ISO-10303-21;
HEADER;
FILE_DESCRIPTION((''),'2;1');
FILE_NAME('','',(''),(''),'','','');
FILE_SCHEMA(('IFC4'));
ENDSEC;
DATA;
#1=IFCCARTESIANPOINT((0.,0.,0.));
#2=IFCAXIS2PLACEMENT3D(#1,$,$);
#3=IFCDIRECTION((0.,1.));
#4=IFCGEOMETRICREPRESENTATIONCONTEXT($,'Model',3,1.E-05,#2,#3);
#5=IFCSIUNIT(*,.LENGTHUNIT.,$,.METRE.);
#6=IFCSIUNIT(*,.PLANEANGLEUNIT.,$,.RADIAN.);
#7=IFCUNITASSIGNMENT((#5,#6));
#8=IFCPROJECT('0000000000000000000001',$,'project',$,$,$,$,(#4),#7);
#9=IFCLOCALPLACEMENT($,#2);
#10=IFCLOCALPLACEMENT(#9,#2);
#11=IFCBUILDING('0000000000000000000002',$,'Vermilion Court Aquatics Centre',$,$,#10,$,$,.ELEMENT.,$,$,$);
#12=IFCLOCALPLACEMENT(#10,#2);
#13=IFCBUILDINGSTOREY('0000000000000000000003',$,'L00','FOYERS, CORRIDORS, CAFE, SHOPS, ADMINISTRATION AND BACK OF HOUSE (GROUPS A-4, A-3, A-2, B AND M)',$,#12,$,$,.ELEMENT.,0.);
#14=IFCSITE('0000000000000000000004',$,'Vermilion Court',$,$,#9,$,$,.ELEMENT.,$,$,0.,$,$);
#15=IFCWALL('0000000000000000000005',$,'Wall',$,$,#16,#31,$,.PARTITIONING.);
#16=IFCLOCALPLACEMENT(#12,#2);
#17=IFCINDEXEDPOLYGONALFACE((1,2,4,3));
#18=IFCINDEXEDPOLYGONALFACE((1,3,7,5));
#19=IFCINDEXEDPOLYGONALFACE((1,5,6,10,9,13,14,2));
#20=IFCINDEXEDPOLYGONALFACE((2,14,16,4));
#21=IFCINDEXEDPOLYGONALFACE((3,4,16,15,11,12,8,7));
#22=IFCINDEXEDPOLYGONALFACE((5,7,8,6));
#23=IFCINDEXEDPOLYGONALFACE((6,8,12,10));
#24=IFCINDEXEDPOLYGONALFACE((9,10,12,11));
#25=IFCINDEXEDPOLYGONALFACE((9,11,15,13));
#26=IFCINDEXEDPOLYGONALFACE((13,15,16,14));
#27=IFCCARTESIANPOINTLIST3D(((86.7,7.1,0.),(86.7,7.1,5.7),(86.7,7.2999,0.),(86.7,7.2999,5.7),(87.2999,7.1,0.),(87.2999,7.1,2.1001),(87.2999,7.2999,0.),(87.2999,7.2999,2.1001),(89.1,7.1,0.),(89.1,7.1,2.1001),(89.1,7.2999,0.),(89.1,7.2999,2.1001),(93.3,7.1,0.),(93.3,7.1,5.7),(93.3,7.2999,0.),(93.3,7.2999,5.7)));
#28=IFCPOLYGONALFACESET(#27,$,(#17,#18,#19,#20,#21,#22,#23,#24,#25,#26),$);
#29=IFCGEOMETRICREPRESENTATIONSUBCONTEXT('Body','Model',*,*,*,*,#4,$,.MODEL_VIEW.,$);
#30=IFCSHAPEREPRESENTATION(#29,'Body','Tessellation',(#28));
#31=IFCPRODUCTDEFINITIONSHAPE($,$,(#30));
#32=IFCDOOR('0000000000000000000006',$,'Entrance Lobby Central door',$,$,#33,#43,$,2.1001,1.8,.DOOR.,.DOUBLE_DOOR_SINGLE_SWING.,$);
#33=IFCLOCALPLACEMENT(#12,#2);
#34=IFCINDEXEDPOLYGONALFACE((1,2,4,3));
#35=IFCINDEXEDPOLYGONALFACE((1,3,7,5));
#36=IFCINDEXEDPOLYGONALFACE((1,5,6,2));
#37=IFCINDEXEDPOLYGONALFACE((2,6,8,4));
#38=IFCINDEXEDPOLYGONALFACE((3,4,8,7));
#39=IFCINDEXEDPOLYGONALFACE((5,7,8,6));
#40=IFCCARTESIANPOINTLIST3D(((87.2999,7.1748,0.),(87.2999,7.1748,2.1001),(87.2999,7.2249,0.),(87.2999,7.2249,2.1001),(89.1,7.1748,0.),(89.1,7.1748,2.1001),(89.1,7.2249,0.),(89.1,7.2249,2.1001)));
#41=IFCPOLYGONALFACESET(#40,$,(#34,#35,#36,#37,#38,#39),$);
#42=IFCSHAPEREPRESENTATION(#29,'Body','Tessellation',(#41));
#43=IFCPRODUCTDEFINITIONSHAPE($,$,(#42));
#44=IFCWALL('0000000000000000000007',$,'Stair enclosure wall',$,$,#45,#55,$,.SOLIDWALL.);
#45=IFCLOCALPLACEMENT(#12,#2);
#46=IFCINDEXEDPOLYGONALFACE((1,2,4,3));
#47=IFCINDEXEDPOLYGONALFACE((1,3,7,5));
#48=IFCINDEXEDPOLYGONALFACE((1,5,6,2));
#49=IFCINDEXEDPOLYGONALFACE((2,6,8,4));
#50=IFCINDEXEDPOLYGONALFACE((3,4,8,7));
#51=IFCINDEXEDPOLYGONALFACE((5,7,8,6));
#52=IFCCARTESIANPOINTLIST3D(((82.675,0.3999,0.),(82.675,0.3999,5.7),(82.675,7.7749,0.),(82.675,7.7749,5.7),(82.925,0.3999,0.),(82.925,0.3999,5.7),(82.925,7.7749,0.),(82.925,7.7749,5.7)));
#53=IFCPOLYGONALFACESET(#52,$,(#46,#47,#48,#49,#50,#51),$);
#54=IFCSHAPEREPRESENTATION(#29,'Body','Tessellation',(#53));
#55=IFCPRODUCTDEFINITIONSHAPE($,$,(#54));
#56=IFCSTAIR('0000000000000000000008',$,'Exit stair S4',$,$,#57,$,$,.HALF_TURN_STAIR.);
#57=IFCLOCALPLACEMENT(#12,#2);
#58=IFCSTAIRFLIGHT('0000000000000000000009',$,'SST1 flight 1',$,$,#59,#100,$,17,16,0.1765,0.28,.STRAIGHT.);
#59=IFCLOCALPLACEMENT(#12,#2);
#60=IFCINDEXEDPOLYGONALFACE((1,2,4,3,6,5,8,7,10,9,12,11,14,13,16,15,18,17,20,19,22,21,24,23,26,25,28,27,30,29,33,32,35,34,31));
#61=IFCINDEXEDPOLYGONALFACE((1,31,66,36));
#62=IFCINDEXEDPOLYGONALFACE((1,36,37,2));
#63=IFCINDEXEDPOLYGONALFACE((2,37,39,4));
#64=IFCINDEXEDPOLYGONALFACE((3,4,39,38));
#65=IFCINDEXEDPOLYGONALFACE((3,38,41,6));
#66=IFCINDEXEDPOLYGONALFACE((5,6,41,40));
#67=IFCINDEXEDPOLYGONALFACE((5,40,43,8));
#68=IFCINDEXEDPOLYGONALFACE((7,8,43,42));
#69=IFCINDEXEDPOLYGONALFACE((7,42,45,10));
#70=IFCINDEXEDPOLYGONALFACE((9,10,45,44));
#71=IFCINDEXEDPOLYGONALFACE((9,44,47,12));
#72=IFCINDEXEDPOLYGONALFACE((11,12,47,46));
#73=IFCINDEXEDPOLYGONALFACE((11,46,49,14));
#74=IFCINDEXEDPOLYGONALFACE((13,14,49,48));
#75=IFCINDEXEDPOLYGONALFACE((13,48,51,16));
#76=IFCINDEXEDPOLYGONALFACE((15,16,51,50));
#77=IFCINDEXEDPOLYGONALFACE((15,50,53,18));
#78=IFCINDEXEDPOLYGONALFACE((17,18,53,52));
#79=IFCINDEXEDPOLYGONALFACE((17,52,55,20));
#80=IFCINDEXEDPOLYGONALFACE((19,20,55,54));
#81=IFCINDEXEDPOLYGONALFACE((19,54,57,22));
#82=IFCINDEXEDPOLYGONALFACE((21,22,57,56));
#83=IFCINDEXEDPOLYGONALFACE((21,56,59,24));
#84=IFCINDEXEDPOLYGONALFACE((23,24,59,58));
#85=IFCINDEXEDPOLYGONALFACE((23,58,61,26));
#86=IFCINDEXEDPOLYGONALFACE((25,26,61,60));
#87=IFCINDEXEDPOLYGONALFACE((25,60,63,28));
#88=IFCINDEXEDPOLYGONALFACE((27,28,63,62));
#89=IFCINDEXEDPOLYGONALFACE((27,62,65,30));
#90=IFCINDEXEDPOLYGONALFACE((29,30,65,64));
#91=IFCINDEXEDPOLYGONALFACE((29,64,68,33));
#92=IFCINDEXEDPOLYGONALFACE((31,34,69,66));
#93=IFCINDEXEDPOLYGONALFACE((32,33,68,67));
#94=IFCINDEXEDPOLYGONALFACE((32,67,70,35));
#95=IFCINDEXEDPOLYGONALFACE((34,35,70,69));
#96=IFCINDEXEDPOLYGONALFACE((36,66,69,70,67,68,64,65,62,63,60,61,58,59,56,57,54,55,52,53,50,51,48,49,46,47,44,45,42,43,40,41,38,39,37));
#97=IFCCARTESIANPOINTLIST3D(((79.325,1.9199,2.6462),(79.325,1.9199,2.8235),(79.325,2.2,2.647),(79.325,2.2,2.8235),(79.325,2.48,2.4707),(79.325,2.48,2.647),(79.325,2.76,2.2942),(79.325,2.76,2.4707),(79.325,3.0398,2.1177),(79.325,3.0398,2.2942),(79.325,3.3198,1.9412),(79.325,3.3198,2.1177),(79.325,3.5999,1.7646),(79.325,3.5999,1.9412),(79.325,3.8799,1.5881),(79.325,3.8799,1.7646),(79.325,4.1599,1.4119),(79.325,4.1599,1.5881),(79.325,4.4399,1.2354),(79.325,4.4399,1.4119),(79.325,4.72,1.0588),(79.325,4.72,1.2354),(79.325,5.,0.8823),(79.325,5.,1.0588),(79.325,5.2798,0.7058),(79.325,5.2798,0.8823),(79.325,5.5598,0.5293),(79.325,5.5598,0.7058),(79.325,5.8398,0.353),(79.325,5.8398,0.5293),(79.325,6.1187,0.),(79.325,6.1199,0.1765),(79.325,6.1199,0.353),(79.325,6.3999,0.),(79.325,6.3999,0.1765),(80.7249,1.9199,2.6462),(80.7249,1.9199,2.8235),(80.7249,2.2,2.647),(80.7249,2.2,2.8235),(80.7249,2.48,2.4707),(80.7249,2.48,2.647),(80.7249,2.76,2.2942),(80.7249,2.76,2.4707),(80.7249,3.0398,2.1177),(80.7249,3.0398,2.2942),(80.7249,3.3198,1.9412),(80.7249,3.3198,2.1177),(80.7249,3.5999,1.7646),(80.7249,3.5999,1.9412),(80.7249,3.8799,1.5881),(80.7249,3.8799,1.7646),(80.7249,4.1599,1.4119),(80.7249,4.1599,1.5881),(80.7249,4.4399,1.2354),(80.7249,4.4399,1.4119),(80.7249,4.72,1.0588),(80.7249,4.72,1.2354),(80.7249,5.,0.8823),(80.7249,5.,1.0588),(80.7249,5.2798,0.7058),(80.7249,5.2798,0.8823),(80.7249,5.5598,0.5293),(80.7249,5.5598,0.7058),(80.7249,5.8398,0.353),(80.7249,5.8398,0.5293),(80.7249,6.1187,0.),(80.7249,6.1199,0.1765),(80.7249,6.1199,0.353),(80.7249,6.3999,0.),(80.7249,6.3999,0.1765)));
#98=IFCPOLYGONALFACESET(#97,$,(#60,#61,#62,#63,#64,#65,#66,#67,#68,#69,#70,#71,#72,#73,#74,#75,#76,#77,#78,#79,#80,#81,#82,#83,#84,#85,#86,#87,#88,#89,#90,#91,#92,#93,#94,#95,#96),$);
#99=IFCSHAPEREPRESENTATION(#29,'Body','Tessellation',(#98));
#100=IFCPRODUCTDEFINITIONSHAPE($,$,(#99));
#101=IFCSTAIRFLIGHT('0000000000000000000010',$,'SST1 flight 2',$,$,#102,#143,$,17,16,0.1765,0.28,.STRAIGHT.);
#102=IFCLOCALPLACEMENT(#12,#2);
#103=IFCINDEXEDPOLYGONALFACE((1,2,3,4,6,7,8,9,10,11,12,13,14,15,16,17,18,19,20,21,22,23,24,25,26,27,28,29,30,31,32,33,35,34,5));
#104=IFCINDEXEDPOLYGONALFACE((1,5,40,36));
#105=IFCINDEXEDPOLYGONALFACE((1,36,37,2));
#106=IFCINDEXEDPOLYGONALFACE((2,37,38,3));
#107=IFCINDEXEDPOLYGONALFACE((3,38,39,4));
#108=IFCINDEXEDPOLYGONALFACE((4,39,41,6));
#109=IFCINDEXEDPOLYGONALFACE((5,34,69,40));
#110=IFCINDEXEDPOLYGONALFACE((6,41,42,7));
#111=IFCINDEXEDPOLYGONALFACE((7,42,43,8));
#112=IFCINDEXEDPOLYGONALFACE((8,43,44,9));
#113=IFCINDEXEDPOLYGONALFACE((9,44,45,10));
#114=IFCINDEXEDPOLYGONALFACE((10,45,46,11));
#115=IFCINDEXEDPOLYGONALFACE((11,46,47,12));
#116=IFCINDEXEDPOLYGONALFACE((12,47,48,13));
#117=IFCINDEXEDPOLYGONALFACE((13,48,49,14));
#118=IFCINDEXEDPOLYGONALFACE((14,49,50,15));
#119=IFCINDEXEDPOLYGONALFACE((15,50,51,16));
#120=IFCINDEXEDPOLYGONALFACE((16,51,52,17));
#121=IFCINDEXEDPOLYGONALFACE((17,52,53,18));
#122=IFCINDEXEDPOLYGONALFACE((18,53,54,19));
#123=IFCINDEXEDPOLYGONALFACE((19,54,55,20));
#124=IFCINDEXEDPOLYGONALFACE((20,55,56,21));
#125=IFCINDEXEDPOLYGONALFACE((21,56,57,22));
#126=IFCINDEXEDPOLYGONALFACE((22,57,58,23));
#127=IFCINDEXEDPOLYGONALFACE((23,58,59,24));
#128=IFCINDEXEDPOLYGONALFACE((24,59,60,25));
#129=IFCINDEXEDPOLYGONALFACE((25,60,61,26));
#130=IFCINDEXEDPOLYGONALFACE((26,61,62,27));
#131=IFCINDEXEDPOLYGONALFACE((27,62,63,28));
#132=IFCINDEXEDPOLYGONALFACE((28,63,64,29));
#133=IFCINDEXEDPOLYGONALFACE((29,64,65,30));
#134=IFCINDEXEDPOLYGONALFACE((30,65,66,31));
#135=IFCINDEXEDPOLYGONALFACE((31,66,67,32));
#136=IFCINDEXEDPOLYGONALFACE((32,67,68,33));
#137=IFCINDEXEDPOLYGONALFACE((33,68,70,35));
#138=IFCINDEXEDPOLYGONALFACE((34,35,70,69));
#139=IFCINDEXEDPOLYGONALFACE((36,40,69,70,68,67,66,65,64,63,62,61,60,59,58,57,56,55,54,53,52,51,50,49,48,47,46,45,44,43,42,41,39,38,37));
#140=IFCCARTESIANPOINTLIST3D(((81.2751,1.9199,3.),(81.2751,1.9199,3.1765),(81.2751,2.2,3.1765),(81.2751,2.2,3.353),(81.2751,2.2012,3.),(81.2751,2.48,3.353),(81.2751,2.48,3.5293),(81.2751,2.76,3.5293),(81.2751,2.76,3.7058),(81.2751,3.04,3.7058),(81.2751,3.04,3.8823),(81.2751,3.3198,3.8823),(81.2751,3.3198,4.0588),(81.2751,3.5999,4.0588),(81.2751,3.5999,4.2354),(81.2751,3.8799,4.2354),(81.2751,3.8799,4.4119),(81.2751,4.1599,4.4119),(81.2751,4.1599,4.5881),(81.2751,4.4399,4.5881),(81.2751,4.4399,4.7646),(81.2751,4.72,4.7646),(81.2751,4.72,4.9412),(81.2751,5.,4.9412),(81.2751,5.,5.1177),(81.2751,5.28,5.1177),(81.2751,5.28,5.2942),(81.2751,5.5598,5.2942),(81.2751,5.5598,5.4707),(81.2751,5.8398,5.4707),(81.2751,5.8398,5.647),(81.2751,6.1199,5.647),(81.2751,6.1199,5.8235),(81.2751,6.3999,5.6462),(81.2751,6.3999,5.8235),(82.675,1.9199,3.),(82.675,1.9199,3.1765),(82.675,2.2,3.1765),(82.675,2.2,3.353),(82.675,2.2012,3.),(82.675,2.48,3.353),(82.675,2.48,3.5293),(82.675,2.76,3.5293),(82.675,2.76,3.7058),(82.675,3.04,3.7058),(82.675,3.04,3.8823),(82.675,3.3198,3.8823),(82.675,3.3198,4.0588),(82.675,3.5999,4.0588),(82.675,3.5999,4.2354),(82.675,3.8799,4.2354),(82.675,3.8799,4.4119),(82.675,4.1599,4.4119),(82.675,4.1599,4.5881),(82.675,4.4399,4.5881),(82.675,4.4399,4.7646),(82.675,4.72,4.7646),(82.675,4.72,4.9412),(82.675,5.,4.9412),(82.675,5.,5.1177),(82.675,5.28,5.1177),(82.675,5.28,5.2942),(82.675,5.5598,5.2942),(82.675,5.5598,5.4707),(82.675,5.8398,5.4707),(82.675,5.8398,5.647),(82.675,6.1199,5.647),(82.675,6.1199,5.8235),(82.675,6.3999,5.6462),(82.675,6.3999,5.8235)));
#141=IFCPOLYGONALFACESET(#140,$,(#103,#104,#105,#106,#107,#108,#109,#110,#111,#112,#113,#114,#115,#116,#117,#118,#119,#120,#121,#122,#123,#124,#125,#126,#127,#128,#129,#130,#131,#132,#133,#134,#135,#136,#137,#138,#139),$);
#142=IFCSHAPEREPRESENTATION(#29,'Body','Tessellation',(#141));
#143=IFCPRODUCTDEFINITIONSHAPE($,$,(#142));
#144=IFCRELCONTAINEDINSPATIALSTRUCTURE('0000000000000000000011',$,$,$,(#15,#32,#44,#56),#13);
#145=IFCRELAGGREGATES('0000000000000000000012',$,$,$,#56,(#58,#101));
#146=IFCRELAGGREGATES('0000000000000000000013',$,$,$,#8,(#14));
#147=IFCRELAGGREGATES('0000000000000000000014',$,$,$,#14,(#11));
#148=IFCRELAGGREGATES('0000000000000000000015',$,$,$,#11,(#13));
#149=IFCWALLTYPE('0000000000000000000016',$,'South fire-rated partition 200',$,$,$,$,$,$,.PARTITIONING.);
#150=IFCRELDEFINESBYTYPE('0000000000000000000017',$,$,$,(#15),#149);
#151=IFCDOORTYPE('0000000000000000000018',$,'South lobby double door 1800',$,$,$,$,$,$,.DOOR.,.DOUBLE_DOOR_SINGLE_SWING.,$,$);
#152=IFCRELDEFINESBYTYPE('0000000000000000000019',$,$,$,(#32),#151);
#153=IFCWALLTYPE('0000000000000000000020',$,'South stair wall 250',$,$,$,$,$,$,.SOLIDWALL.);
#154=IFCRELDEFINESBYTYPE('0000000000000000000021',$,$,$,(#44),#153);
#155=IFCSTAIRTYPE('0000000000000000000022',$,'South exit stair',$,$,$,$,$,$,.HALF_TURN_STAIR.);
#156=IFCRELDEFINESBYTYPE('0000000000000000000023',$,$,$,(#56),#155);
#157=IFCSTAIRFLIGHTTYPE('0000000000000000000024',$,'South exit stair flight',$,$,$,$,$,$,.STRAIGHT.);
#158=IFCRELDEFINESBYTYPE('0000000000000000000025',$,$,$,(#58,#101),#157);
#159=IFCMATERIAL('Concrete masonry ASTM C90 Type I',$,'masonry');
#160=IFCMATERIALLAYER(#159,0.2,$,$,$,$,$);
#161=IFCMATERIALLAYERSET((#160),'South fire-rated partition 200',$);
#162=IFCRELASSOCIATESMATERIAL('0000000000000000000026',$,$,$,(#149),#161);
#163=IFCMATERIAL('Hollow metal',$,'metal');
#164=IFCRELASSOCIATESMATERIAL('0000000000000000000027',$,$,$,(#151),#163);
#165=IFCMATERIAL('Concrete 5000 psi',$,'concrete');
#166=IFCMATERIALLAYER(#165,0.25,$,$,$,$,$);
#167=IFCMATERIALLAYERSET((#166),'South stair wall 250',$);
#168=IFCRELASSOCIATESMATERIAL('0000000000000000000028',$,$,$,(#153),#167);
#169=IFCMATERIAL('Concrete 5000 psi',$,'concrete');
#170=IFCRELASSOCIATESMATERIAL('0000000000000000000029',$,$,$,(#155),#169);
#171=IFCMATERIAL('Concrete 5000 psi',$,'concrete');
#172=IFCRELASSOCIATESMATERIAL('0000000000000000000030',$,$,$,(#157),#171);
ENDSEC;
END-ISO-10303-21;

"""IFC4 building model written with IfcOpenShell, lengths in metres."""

from ifc_helpers import new_model, si_unit, direction, frame, frame_2d, origin, place, context, subcontext, project, spatial, polyline, rectangle, outline, extrude, material, layer, layer_set, type_object, element, fill, aggregate, save


model = new_model("IFC4")

# Units and contexts
model_context = context("Model", 3, precision=1e-05, world=origin(), true_north=direction((0.0, 1.0)))
body_context = subcontext(model_context, "Body", "Model", "MODEL_VIEW")
ifc_project = project(units=[si_unit("LENGTHUNIT", "METRE"), si_unit("PLANEANGLEUNIT", "RADIAN")], contexts=[model_context])

# Site, building, storey
site_placement = place(None, origin())
site = spatial("IfcSite", under=ifc_project, at=site_placement, Name="Vermilion Court", CompositionType="ELEMENT", RefElevation=0.0)
building_placement = place(site_placement, origin())
building = spatial("IfcBuilding", under=site, at=building_placement, Name="Vermilion Court Aquatics Centre", CompositionType="ELEMENT")
storey_placement = place(building_placement, origin())
storey = spatial("IfcBuildingStorey", under=building, at=storey_placement, Name="L00", Description="FOYERS, CORRIDORS, CAFE, SHOPS, ADMINISTRATION AND BACK OF HOUSE (GROUPS A-4, A-3, A-2, B AND M)", CompositionType="ELEMENT", Elevation=0.0)

# Shared definitions
ifc_material_1 = material(Name="Concrete masonry ASTM C90 Type I", Category="masonry")
ifc_layer_1 = layer(ifc_material_1, 0.2)
ifc_layer_set_1 = layer_set([ifc_layer_1], Name="South fire-rated partition 200")
wall_type_1 = type_object("IfcWallType", Name="South fire-rated partition 200", PredefinedType="PARTITIONING", material=ifc_layer_set_1)

# Wall, opening, door
wall_1_placement = place(storey_placement, frame((86.7, 7.2, 0.0), z_axis=(0.0, 0.0, 1.0), x_axis=(1.0, 0.0, 0.0)))
wall_1 = element("IfcWall", 1, at=wall_1_placement, inside=storey, type_object=wall_type_1, Name="Wall", PredefinedType="PARTITIONING", context=body_context, shape_type="SweptSolid", body=[
    extrude(rectangle(XDim=6.6001, YDim=0.2, at=frame_2d((3.3, 0.0))), origin(), (0.0, 0.0, 1.0), 5.7),
])
opening_1_placement = place(wall_1_placement, frame((0.6001, 0.0, 0.0)))
opening_1 = element("IfcOpeningElement", 2, at=opening_1_placement, cuts=wall_1, PredefinedType="OPENING", context=body_context, shape_type="SweptSolid", body=[
    extrude(rectangle(XDim=1.8, YDim=2.1001, at=frame_2d((0.8999, 1.05))), frame((0.0, 0.1099, 0.0), z_axis=(0.0, -1.0, 0.0), x_axis=(1.0, 0.0, 0.0)), (0.0, 0.0, 1.0), 0.22),
])
ifc_material_2 = material(Name="Hollow metal", Category="metal")
door_type_1 = type_object("IfcDoorType", Name="South lobby double door 1800", OperationType="DOUBLE_DOOR_SINGLE_SWING", PredefinedType="DOOR", material=ifc_material_2)
door_1_placement = place(opening_1_placement, origin())
door_1 = element("IfcDoor", 3, at=door_1_placement, inside=storey, type_object=door_type_1, Name="Entrance Lobby Central door", OperationType="DOUBLE_DOOR_SINGLE_SWING", OverallHeight=2.1001, OverallWidth=1.8, PredefinedType="DOOR", context=body_context, shape_type="SweptSolid", body=[
    extrude(rectangle(XDim=1.8, YDim=2.1001, at=frame_2d((0.8999, 1.05))), frame((0.0, 0.0249, 0.0), z_axis=(0.0, -1.0, 0.0), x_axis=(1.0, 0.0, 0.0)), (0.0, 0.0, 1.0), 0.05),
])
fill(opening_1, door_1)

# Wall
ifc_material_3 = material(Name="Concrete 5000 psi", Category="concrete")
ifc_layer_2 = layer(ifc_material_3, 0.25)
ifc_layer_set_2 = layer_set([ifc_layer_2], Name="South stair wall 250")
wall_type_2 = type_object("IfcWallType", Name="South stair wall 250", PredefinedType="SOLIDWALL", material=ifc_layer_set_2)
wall_2_placement = place(storey_placement, frame((82.8, 0.3999, 0.0), z_axis=(0.0, 0.0, 1.0), x_axis=(0.0, 1.0, 0.0)))
element("IfcWall", 4, at=wall_2_placement, inside=storey, type_object=wall_type_2, Name="Stair enclosure wall", PredefinedType="SOLIDWALL", context=body_context, shape_type="SweptSolid", body=[
    extrude(rectangle(XDim=7.375, YDim=0.25, at=frame_2d((3.6875, 0.0))), origin(), (0.0, 0.0, 1.0), 5.7),
])

# Stair, stair flights
ifc_material_4 = material(Name="Concrete 5000 psi", Category="concrete")
stair_type = type_object("IfcStairType", Name="South exit stair", PredefinedType="HALF_TURN_STAIR", material=ifc_material_4)
stair_placement = place(storey_placement, origin())
stair = element("IfcStair", 5, at=stair_placement, inside=storey, type_object=stair_type, Name="Exit stair S4", PredefinedType="HALF_TURN_STAIR")
ifc_material_5 = material(Name="Concrete 5000 psi", Category="concrete")
stair_flight_type = type_object("IfcStairFlightType", Name="South exit stair flight", PredefinedType="STRAIGHT", material=ifc_material_5)
stair_flight_1_placement = place(storey_placement, frame((80.0249, 6.3999, 0.0), z_axis=(0.0, 0.0, 1.0), x_axis=(0.0, -1.0, 0.0)))
stair_flight_1 = element("IfcStairFlight", 6, at=stair_flight_1_placement, type_object=stair_flight_type, Name="SST1 flight 1", NumberOfRisers=17, NumberOfTreads=16, PredefinedType="STRAIGHT", RiserHeight=0.1765, TreadLength=0.28, context=body_context, shape_type="SweptSolid", body=[
    extrude(outline(polyline([(0.0, 0.0), (0.0, 0.1765), (0.28, 0.1765), (0.28, 0.353), (0.5601, 0.353), (0.5601, 0.5293), (0.8401, 0.5293), (0.8401, 0.7058), (1.1201, 0.7058), (1.1201, 0.8823), (1.3999, 0.8823), (1.3999, 1.0588), (1.6799, 1.0588), (1.6799, 1.2354), (1.96, 1.2354), (1.96, 1.4119), (2.24, 1.4119), (2.24, 1.5881), (2.52, 1.5881), (2.52, 1.7646), (2.8, 1.7646), (2.8, 1.9412), (3.0801, 1.9412), (3.0801, 2.1177), (3.3601, 2.1177), (3.3601, 2.2942), (3.6399, 2.2942), (3.6399, 2.4707), (3.9199, 2.4707), (3.9199, 2.647), (4.2, 2.647), (4.2, 2.8235), (4.48, 2.8235), (4.48, 3.0), (4.48, 2.6462), (0.2812, 0.0), (0.0, 0.0)])), frame((0.0, 0.7, 0.0), z_axis=(0.0, -1.0, 0.0), x_axis=(1.0, 0.0, 0.0)), (0.0, 0.0, 1.0), 1.3999),
])
stair_flight_2_placement = place(storey_placement, frame((81.9751, 1.9199, 3.0), z_axis=(0.0, 0.0, 1.0), x_axis=(0.0, 1.0, 0.0)))
stair_flight_2 = element("IfcStairFlight", 7, at=stair_flight_2_placement, type_object=stair_flight_type, Name="SST1 flight 2", NumberOfRisers=17, NumberOfTreads=16, PredefinedType="STRAIGHT", RiserHeight=0.1765, TreadLength=0.28, context=body_context, shape_type="SweptSolid", body=[
    extrude(outline(polyline([(0.0, 0.0), (0.0, 0.1765), (0.28, 0.1765), (0.28, 0.353), (0.5601, 0.353), (0.5601, 0.5293), (0.8401, 0.5293), (0.8401, 0.7058), (1.1201, 0.7058), (1.1201, 0.8823), (1.3999, 0.8823), (1.3999, 1.0588), (1.6799, 1.0588), (1.6799, 1.2354), (1.96, 1.2354), (1.96, 1.4119), (2.24, 1.4119), (2.24, 1.5881), (2.52, 1.5881), (2.52, 1.7646), (2.8, 1.7646), (2.8, 1.9412), (3.0801, 1.9412), (3.0801, 2.1177), (3.3601, 2.1177), (3.3601, 2.2942), (3.6399, 2.2942), (3.6399, 2.4707), (3.9199, 2.4707), (3.9199, 2.647), (4.2, 2.647), (4.2, 2.8235), (4.48, 2.8235), (4.48, 3.0), (4.48, 2.6462), (0.2812, 0.0), (0.0, 0.0)])), frame((0.0, 0.7, 0.0), z_axis=(0.0, -1.0, 0.0), x_axis=(1.0, 0.0, 0.0)), (0.0, 0.0, 1.0), 1.3999),
])
aggregate(stair, [stair_flight_1, stair_flight_2])

save(model, "model.ifc")
